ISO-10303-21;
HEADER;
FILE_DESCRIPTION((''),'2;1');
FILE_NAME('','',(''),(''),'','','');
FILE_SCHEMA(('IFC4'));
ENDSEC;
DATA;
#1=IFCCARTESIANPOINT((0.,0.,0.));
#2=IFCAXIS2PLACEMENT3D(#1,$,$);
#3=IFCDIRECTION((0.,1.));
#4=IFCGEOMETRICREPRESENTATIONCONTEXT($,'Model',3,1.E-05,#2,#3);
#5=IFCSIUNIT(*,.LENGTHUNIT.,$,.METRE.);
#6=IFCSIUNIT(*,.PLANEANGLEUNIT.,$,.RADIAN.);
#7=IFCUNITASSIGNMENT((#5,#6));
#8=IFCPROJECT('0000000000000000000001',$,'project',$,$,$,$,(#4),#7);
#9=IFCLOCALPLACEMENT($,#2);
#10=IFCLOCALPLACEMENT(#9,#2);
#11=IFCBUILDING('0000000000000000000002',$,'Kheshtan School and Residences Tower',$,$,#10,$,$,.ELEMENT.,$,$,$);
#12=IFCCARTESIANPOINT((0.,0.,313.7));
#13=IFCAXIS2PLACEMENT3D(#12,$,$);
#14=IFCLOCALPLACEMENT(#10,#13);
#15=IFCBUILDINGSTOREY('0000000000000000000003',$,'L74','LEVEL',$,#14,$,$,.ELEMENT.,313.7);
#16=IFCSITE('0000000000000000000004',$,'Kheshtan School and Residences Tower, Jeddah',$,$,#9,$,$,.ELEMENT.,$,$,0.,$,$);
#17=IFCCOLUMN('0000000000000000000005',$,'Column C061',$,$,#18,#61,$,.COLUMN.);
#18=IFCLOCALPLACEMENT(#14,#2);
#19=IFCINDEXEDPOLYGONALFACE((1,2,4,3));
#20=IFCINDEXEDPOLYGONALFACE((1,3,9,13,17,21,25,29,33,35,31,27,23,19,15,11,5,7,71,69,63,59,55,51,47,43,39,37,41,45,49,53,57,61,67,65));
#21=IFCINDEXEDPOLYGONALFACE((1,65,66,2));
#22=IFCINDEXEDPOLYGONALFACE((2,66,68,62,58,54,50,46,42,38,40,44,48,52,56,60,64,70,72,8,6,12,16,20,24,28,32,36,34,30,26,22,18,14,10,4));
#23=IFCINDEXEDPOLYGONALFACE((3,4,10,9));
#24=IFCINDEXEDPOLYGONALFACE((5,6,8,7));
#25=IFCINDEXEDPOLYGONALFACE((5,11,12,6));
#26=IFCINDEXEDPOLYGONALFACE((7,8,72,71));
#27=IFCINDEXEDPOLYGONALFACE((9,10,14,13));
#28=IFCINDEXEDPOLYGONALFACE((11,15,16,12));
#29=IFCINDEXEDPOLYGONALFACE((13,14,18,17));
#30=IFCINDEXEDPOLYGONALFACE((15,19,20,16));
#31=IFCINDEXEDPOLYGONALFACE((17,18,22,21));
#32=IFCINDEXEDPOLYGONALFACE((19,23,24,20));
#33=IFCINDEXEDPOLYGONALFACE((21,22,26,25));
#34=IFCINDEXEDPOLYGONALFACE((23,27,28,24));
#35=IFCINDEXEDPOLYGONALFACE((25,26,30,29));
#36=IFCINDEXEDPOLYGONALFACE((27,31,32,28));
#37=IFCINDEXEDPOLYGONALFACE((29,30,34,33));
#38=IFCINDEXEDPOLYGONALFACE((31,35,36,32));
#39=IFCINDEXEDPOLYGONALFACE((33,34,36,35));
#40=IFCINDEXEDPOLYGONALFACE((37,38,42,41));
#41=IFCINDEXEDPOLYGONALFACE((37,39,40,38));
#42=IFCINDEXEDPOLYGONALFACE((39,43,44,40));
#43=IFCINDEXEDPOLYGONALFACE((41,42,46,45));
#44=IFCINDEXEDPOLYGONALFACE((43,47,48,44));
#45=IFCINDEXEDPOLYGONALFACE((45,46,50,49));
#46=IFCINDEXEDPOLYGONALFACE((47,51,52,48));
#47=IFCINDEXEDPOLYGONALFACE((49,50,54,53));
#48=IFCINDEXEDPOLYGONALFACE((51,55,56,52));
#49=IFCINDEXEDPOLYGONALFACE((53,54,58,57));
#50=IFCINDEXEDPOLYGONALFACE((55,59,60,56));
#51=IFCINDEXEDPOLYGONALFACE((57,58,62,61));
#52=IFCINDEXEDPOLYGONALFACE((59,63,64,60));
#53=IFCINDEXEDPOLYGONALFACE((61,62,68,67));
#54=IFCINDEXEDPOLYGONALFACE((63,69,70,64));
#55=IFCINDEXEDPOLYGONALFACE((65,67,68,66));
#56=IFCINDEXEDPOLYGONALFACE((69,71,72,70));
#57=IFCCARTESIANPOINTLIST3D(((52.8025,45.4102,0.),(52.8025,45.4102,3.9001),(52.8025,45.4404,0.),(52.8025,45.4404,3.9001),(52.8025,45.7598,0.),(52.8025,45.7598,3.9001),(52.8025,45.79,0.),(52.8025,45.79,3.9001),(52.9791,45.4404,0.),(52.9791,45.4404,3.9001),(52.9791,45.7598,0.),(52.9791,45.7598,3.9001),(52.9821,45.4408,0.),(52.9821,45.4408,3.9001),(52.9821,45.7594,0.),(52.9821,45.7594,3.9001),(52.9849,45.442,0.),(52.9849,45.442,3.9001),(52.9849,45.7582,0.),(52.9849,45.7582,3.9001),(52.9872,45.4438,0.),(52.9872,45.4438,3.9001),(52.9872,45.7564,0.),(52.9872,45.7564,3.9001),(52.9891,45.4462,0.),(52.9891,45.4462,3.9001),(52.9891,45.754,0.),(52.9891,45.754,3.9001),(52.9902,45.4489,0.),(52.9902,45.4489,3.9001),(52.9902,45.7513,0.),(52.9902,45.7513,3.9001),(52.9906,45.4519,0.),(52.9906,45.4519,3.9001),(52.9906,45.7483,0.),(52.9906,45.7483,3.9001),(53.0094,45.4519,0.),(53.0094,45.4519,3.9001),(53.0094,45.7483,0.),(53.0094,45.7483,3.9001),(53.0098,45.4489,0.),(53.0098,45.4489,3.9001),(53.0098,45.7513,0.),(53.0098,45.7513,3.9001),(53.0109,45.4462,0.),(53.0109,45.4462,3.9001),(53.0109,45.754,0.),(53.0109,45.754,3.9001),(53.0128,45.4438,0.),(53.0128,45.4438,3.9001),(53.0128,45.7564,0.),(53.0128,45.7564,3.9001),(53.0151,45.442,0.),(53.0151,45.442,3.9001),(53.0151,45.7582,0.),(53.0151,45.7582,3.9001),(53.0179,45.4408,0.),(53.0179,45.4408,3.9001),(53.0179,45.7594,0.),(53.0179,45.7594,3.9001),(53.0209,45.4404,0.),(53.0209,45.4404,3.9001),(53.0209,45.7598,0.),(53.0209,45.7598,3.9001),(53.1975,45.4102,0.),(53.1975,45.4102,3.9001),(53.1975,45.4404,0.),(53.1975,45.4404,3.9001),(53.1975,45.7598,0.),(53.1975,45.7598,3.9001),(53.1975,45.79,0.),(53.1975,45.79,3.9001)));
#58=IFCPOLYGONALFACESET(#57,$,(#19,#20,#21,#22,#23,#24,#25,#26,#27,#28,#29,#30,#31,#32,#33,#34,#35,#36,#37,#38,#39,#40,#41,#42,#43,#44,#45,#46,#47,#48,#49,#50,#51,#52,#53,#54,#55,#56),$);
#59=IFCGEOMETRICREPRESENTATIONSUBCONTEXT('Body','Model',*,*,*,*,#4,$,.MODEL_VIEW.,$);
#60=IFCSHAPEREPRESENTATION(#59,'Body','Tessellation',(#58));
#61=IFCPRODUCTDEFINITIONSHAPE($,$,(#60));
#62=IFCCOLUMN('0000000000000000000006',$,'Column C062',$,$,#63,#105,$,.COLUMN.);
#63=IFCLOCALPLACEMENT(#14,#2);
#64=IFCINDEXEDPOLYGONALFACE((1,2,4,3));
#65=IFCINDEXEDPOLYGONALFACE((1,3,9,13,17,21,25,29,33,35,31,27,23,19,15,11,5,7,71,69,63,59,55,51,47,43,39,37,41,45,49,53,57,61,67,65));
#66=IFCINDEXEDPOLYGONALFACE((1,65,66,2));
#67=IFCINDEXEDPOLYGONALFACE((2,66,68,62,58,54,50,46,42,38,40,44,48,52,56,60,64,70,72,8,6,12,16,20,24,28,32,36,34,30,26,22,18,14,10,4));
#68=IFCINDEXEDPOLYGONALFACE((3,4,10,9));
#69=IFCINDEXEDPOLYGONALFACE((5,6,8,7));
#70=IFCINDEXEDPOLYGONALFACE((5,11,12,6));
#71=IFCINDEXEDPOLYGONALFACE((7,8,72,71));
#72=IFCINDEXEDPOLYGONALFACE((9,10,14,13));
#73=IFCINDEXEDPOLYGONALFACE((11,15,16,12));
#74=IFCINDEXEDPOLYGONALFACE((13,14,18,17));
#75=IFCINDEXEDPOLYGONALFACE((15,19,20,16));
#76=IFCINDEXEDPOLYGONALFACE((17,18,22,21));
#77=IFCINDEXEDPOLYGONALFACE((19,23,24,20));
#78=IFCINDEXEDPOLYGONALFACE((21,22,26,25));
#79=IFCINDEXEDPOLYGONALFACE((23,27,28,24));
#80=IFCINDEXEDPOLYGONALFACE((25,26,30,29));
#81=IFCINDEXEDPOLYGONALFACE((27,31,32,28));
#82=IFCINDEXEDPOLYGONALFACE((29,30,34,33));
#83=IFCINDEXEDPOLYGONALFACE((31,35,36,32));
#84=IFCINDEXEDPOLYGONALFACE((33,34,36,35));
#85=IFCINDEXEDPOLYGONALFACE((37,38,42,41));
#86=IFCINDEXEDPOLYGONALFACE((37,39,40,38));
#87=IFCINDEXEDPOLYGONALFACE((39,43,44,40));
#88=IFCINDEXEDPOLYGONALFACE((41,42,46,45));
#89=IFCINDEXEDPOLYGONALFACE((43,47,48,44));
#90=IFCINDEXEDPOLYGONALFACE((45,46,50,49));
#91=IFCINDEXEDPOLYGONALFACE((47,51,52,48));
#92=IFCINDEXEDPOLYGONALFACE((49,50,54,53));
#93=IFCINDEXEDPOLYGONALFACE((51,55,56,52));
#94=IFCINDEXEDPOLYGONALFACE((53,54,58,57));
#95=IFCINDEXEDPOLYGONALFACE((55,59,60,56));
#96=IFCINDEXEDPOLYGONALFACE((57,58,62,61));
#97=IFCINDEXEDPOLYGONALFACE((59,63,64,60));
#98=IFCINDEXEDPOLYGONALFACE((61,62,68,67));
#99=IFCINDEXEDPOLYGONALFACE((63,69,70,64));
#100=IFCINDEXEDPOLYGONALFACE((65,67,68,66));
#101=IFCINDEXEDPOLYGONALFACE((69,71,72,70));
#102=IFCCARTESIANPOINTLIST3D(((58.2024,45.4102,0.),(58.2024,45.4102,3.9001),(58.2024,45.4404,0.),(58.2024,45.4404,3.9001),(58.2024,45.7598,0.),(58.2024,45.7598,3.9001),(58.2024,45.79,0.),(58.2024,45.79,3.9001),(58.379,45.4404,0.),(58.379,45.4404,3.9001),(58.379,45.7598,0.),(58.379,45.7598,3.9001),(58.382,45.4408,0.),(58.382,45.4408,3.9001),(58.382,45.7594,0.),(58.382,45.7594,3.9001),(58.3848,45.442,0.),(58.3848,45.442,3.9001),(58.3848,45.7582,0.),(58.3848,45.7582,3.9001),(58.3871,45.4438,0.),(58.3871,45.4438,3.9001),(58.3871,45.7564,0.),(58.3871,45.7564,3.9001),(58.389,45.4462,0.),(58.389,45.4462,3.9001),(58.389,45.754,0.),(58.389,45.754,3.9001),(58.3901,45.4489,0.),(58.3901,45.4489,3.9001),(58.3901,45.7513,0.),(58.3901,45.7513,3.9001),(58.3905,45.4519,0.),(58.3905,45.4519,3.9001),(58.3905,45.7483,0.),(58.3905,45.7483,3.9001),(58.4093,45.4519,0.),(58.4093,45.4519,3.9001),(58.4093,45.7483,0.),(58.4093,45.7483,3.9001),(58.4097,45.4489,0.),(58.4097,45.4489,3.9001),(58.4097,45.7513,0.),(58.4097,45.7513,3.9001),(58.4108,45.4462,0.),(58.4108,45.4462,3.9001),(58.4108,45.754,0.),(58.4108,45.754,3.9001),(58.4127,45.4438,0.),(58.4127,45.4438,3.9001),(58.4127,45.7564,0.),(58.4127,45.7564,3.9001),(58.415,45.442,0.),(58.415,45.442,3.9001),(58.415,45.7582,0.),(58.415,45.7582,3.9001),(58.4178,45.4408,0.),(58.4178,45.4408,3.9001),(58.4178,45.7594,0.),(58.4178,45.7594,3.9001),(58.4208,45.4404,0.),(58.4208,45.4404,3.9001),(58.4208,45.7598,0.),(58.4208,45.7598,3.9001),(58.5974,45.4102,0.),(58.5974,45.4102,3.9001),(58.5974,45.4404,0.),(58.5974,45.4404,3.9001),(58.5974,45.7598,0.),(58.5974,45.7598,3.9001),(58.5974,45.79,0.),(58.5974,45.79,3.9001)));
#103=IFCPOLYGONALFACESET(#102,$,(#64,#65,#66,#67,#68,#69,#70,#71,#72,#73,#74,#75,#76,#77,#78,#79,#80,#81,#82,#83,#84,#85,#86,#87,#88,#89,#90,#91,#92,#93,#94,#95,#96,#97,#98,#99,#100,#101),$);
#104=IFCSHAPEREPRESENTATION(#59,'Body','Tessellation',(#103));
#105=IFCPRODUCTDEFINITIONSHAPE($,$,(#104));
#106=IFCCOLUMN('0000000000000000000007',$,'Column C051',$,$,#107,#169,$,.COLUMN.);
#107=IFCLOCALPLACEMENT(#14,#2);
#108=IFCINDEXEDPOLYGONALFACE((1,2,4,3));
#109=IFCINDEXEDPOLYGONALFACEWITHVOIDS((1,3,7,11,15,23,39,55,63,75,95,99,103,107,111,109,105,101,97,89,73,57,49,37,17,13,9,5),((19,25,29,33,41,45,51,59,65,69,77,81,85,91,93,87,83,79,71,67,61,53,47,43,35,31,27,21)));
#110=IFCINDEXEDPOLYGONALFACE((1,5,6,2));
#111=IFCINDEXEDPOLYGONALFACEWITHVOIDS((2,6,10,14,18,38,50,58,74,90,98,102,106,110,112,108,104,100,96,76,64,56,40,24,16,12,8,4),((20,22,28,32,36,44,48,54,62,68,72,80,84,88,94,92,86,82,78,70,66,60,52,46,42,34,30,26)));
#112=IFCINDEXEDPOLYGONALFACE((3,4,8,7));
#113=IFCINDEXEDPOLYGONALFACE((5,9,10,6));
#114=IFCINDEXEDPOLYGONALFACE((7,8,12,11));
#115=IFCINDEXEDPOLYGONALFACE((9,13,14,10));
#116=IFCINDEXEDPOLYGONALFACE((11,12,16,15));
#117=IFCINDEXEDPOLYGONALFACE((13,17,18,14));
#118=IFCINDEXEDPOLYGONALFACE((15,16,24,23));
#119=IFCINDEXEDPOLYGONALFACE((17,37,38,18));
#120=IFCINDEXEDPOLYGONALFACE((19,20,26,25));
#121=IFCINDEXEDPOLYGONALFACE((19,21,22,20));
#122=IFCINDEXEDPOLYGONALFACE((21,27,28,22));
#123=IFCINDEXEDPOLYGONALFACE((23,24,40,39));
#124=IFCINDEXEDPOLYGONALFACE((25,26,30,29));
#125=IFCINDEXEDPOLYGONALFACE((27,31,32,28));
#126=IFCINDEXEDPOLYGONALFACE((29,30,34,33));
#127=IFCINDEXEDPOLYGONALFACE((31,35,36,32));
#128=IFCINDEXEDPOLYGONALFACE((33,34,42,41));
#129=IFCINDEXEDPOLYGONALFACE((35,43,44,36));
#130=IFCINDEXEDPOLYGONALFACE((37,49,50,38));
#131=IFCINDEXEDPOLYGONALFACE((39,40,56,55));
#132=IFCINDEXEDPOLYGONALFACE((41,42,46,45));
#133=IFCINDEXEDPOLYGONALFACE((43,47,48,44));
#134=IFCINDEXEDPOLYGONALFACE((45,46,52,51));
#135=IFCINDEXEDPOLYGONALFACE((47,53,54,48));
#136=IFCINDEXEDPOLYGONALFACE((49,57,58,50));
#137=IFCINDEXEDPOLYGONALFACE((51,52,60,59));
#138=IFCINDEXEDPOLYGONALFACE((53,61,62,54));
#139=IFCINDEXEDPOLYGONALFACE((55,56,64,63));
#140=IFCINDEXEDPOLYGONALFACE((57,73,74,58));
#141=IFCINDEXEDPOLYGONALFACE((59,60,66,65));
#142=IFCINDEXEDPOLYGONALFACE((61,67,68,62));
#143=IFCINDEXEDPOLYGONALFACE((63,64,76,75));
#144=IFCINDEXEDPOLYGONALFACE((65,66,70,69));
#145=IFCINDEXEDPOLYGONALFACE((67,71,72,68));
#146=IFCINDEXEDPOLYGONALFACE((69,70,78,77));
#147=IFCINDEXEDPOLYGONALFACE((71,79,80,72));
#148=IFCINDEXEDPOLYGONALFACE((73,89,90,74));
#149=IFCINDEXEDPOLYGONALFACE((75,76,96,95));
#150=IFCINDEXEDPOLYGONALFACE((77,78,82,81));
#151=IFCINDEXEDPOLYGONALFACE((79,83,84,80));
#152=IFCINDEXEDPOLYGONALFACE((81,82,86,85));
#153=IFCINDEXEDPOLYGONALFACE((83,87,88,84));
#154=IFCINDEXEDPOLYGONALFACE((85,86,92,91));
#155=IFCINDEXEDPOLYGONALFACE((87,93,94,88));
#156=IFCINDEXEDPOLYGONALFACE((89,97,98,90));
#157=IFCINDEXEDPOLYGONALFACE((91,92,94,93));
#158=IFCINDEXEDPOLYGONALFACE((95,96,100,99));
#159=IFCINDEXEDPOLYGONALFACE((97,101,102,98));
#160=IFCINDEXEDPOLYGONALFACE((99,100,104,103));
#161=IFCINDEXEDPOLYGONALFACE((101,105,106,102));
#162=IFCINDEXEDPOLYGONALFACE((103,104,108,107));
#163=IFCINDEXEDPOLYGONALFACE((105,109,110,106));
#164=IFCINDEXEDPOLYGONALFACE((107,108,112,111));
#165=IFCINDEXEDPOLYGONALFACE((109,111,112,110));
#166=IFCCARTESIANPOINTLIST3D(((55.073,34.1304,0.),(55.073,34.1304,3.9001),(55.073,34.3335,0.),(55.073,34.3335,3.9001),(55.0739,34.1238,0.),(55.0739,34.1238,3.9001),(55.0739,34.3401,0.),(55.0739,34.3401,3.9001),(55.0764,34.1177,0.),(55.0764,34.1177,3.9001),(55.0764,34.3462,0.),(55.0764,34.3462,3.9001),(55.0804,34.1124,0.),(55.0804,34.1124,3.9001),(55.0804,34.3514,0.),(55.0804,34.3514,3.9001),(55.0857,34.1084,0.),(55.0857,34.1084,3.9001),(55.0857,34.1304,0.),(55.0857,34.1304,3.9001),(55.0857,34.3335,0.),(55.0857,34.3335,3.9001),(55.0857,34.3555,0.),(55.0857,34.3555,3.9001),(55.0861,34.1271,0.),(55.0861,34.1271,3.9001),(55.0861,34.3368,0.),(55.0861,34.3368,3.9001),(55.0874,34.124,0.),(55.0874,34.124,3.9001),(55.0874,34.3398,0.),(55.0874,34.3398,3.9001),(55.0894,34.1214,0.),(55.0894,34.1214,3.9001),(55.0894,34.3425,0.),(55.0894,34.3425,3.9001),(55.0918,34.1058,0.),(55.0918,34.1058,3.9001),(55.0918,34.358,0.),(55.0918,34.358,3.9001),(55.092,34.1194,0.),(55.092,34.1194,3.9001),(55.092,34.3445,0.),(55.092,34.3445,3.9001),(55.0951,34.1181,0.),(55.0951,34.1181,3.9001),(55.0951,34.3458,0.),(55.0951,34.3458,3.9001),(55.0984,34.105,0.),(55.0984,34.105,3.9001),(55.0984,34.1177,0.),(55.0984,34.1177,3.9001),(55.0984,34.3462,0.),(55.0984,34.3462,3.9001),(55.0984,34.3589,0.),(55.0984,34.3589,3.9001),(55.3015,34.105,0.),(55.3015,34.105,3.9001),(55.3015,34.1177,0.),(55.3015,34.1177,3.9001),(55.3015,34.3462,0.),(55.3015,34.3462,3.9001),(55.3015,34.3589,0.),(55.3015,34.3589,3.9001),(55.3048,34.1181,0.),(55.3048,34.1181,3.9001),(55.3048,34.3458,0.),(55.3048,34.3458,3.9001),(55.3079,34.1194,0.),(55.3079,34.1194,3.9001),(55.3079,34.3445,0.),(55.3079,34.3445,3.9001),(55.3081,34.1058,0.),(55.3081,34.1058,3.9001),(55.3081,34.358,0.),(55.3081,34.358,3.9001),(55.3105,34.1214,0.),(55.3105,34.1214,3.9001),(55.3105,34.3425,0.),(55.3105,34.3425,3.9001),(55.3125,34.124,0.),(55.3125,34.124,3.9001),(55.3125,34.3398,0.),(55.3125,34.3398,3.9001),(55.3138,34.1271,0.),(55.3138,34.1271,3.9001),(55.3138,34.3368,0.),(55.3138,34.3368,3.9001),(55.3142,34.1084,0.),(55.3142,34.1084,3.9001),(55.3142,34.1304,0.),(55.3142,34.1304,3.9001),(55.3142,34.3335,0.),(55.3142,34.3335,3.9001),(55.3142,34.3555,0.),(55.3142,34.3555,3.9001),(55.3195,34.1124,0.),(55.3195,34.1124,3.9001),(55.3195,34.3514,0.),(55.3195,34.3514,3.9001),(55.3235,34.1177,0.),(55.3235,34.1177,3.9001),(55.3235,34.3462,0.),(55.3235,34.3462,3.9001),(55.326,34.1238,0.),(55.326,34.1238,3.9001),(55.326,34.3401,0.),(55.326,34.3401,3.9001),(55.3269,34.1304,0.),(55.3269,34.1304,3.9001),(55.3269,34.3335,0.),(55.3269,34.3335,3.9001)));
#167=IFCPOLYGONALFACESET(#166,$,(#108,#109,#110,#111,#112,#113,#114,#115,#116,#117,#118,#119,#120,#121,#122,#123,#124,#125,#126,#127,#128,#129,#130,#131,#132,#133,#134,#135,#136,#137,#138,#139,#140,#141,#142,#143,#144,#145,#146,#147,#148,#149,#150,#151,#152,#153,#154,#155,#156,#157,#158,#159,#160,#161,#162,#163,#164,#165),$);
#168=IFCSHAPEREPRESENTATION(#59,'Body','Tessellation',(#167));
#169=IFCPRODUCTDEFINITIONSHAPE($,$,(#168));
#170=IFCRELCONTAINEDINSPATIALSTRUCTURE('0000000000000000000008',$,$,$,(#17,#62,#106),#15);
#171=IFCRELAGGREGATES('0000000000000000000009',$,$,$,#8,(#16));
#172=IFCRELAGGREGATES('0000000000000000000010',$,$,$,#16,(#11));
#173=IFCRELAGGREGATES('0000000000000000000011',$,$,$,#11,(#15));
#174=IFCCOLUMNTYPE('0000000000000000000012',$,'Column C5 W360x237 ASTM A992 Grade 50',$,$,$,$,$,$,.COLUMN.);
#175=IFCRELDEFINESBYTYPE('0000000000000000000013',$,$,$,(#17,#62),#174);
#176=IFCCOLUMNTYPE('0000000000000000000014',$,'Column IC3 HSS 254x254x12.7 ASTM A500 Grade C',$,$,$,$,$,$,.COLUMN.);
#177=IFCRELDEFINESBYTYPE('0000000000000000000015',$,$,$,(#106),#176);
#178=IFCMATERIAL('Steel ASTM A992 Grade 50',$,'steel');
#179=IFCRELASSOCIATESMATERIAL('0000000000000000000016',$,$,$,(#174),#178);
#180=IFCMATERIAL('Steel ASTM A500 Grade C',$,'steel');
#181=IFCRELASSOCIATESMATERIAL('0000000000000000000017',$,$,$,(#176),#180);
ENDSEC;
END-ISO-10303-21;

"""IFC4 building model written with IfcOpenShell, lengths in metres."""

from ifc_helpers import new_model, si_unit, direction, frame, origin, origin_2d, place, context, subcontext, project, spatial, hollow_rectangle, i_section, extrude, material, material_profile, profile_set, type_object, element, save


model = new_model("IFC4")

# Units and contexts
model_context = context("Model", 3, precision=1e-05, world=origin(), true_north=direction((0.0, 1.0)))
body_context = subcontext(model_context, "Body", "Model", "MODEL_VIEW")
ifc_project = project(units=[si_unit("LENGTHUNIT", "METRE"), si_unit("PLANEANGLEUNIT", "RADIAN")], contexts=[model_context])

# Site, building, storey
site_placement = place(None, origin())
site = spatial("IfcSite", under=ifc_project, at=site_placement, Name="Kheshtan School and Residences Tower, Jeddah", CompositionType="ELEMENT", RefElevation=0.0)
building_placement = place(site_placement, origin())
building = spatial("IfcBuilding", under=site, at=building_placement, Name="Kheshtan School and Residences Tower", CompositionType="ELEMENT")
storey_placement = place(building_placement, frame((0.0, 0.0, 313.7)))
storey = spatial("IfcBuildingStorey", under=building, at=storey_placement, Name="L74", Description="LEVEL", CompositionType="ELEMENT", Elevation=313.7)

# Columns
ifc_material_1 = material(Name="Steel ASTM A992 Grade 50", Category="steel")
ifc_material_profile_1 = material_profile(ifc_material_1, i_section(OverallWidth=0.395, OverallDepth=0.3799, WebThickness=0.0188, FlangeThickness=0.0303, FilletRadius=0.0115, at=origin_2d()), Name="W360x237")
ifc_profile_set_1 = profile_set([ifc_material_profile_1], Name="Steel ASTM A992 Grade 50")
column_type_1 = type_object("IfcColumnType", Name="Column C5 W360x237 ASTM A992 Grade 50", PredefinedType="COLUMN", material=ifc_profile_set_1)
for number, where, z_axis, x_axis, name in (
    (1, (53.0, 45.6001, 0.0), (0.0, 0.0, 1.0), (1.0, 0.0, 0.0), "Column C061"),
    (2, (58.3999, 45.6001, 0.0), (0.0, 0.0, 1.0), (1.0, 0.0, 0.0), "Column C062"),
):
    element("IfcColumn", number, at=place(storey_placement, frame(where, z_axis=z_axis, x_axis=x_axis)), inside=storey, type_object=column_type_1, Name=name, PredefinedType="COLUMN", context=body_context, shape_type="SweptSolid", body=[
        extrude(i_section(OverallWidth=0.395, OverallDepth=0.3799, WebThickness=0.0188, FlangeThickness=0.0303, FilletRadius=0.0115, at=origin_2d()), origin(), (0.0, 0.0, 1.0), 3.9001),
    ])
ifc_material_2 = material(Name="Steel ASTM A500 Grade C", Category="steel")
ifc_material_profile_2 = material_profile(ifc_material_2, hollow_rectangle(XDim=0.2539, YDim=0.2539, WallThickness=0.0127, InnerFilletRadius=0.0127, OuterFilletRadius=0.0254, at=origin_2d()), Name="HSS 254x254x12.7")
ifc_profile_set_2 = profile_set([ifc_material_profile_2], Name="Steel ASTM A500 Grade C")
column_type_2 = type_object("IfcColumnType", Name="Column IC3 HSS 254x254x12.7 ASTM A500 Grade C", PredefinedType="COLUMN", material=ifc_profile_set_2)
for number, where, z_axis, x_axis, name in (
    (3, (55.2, 34.2319, 0.0), (0.0, 0.0, 1.0), (1.0, 0.0, 0.0), "Column C051"),
):
    element("IfcColumn", number, at=place(storey_placement, frame(where, z_axis=z_axis, x_axis=x_axis)), inside=storey, type_object=column_type_2, Name=name, PredefinedType="COLUMN", context=body_context, shape_type="SweptSolid", body=[
        extrude(hollow_rectangle(XDim=0.2539, YDim=0.2539, WallThickness=0.0127, InnerFilletRadius=0.0127, OuterFilletRadius=0.0254, at=origin_2d()), origin(), (0.0, 0.0, 1.0), 3.9001),
    ])

save(model, "model.ifc")
